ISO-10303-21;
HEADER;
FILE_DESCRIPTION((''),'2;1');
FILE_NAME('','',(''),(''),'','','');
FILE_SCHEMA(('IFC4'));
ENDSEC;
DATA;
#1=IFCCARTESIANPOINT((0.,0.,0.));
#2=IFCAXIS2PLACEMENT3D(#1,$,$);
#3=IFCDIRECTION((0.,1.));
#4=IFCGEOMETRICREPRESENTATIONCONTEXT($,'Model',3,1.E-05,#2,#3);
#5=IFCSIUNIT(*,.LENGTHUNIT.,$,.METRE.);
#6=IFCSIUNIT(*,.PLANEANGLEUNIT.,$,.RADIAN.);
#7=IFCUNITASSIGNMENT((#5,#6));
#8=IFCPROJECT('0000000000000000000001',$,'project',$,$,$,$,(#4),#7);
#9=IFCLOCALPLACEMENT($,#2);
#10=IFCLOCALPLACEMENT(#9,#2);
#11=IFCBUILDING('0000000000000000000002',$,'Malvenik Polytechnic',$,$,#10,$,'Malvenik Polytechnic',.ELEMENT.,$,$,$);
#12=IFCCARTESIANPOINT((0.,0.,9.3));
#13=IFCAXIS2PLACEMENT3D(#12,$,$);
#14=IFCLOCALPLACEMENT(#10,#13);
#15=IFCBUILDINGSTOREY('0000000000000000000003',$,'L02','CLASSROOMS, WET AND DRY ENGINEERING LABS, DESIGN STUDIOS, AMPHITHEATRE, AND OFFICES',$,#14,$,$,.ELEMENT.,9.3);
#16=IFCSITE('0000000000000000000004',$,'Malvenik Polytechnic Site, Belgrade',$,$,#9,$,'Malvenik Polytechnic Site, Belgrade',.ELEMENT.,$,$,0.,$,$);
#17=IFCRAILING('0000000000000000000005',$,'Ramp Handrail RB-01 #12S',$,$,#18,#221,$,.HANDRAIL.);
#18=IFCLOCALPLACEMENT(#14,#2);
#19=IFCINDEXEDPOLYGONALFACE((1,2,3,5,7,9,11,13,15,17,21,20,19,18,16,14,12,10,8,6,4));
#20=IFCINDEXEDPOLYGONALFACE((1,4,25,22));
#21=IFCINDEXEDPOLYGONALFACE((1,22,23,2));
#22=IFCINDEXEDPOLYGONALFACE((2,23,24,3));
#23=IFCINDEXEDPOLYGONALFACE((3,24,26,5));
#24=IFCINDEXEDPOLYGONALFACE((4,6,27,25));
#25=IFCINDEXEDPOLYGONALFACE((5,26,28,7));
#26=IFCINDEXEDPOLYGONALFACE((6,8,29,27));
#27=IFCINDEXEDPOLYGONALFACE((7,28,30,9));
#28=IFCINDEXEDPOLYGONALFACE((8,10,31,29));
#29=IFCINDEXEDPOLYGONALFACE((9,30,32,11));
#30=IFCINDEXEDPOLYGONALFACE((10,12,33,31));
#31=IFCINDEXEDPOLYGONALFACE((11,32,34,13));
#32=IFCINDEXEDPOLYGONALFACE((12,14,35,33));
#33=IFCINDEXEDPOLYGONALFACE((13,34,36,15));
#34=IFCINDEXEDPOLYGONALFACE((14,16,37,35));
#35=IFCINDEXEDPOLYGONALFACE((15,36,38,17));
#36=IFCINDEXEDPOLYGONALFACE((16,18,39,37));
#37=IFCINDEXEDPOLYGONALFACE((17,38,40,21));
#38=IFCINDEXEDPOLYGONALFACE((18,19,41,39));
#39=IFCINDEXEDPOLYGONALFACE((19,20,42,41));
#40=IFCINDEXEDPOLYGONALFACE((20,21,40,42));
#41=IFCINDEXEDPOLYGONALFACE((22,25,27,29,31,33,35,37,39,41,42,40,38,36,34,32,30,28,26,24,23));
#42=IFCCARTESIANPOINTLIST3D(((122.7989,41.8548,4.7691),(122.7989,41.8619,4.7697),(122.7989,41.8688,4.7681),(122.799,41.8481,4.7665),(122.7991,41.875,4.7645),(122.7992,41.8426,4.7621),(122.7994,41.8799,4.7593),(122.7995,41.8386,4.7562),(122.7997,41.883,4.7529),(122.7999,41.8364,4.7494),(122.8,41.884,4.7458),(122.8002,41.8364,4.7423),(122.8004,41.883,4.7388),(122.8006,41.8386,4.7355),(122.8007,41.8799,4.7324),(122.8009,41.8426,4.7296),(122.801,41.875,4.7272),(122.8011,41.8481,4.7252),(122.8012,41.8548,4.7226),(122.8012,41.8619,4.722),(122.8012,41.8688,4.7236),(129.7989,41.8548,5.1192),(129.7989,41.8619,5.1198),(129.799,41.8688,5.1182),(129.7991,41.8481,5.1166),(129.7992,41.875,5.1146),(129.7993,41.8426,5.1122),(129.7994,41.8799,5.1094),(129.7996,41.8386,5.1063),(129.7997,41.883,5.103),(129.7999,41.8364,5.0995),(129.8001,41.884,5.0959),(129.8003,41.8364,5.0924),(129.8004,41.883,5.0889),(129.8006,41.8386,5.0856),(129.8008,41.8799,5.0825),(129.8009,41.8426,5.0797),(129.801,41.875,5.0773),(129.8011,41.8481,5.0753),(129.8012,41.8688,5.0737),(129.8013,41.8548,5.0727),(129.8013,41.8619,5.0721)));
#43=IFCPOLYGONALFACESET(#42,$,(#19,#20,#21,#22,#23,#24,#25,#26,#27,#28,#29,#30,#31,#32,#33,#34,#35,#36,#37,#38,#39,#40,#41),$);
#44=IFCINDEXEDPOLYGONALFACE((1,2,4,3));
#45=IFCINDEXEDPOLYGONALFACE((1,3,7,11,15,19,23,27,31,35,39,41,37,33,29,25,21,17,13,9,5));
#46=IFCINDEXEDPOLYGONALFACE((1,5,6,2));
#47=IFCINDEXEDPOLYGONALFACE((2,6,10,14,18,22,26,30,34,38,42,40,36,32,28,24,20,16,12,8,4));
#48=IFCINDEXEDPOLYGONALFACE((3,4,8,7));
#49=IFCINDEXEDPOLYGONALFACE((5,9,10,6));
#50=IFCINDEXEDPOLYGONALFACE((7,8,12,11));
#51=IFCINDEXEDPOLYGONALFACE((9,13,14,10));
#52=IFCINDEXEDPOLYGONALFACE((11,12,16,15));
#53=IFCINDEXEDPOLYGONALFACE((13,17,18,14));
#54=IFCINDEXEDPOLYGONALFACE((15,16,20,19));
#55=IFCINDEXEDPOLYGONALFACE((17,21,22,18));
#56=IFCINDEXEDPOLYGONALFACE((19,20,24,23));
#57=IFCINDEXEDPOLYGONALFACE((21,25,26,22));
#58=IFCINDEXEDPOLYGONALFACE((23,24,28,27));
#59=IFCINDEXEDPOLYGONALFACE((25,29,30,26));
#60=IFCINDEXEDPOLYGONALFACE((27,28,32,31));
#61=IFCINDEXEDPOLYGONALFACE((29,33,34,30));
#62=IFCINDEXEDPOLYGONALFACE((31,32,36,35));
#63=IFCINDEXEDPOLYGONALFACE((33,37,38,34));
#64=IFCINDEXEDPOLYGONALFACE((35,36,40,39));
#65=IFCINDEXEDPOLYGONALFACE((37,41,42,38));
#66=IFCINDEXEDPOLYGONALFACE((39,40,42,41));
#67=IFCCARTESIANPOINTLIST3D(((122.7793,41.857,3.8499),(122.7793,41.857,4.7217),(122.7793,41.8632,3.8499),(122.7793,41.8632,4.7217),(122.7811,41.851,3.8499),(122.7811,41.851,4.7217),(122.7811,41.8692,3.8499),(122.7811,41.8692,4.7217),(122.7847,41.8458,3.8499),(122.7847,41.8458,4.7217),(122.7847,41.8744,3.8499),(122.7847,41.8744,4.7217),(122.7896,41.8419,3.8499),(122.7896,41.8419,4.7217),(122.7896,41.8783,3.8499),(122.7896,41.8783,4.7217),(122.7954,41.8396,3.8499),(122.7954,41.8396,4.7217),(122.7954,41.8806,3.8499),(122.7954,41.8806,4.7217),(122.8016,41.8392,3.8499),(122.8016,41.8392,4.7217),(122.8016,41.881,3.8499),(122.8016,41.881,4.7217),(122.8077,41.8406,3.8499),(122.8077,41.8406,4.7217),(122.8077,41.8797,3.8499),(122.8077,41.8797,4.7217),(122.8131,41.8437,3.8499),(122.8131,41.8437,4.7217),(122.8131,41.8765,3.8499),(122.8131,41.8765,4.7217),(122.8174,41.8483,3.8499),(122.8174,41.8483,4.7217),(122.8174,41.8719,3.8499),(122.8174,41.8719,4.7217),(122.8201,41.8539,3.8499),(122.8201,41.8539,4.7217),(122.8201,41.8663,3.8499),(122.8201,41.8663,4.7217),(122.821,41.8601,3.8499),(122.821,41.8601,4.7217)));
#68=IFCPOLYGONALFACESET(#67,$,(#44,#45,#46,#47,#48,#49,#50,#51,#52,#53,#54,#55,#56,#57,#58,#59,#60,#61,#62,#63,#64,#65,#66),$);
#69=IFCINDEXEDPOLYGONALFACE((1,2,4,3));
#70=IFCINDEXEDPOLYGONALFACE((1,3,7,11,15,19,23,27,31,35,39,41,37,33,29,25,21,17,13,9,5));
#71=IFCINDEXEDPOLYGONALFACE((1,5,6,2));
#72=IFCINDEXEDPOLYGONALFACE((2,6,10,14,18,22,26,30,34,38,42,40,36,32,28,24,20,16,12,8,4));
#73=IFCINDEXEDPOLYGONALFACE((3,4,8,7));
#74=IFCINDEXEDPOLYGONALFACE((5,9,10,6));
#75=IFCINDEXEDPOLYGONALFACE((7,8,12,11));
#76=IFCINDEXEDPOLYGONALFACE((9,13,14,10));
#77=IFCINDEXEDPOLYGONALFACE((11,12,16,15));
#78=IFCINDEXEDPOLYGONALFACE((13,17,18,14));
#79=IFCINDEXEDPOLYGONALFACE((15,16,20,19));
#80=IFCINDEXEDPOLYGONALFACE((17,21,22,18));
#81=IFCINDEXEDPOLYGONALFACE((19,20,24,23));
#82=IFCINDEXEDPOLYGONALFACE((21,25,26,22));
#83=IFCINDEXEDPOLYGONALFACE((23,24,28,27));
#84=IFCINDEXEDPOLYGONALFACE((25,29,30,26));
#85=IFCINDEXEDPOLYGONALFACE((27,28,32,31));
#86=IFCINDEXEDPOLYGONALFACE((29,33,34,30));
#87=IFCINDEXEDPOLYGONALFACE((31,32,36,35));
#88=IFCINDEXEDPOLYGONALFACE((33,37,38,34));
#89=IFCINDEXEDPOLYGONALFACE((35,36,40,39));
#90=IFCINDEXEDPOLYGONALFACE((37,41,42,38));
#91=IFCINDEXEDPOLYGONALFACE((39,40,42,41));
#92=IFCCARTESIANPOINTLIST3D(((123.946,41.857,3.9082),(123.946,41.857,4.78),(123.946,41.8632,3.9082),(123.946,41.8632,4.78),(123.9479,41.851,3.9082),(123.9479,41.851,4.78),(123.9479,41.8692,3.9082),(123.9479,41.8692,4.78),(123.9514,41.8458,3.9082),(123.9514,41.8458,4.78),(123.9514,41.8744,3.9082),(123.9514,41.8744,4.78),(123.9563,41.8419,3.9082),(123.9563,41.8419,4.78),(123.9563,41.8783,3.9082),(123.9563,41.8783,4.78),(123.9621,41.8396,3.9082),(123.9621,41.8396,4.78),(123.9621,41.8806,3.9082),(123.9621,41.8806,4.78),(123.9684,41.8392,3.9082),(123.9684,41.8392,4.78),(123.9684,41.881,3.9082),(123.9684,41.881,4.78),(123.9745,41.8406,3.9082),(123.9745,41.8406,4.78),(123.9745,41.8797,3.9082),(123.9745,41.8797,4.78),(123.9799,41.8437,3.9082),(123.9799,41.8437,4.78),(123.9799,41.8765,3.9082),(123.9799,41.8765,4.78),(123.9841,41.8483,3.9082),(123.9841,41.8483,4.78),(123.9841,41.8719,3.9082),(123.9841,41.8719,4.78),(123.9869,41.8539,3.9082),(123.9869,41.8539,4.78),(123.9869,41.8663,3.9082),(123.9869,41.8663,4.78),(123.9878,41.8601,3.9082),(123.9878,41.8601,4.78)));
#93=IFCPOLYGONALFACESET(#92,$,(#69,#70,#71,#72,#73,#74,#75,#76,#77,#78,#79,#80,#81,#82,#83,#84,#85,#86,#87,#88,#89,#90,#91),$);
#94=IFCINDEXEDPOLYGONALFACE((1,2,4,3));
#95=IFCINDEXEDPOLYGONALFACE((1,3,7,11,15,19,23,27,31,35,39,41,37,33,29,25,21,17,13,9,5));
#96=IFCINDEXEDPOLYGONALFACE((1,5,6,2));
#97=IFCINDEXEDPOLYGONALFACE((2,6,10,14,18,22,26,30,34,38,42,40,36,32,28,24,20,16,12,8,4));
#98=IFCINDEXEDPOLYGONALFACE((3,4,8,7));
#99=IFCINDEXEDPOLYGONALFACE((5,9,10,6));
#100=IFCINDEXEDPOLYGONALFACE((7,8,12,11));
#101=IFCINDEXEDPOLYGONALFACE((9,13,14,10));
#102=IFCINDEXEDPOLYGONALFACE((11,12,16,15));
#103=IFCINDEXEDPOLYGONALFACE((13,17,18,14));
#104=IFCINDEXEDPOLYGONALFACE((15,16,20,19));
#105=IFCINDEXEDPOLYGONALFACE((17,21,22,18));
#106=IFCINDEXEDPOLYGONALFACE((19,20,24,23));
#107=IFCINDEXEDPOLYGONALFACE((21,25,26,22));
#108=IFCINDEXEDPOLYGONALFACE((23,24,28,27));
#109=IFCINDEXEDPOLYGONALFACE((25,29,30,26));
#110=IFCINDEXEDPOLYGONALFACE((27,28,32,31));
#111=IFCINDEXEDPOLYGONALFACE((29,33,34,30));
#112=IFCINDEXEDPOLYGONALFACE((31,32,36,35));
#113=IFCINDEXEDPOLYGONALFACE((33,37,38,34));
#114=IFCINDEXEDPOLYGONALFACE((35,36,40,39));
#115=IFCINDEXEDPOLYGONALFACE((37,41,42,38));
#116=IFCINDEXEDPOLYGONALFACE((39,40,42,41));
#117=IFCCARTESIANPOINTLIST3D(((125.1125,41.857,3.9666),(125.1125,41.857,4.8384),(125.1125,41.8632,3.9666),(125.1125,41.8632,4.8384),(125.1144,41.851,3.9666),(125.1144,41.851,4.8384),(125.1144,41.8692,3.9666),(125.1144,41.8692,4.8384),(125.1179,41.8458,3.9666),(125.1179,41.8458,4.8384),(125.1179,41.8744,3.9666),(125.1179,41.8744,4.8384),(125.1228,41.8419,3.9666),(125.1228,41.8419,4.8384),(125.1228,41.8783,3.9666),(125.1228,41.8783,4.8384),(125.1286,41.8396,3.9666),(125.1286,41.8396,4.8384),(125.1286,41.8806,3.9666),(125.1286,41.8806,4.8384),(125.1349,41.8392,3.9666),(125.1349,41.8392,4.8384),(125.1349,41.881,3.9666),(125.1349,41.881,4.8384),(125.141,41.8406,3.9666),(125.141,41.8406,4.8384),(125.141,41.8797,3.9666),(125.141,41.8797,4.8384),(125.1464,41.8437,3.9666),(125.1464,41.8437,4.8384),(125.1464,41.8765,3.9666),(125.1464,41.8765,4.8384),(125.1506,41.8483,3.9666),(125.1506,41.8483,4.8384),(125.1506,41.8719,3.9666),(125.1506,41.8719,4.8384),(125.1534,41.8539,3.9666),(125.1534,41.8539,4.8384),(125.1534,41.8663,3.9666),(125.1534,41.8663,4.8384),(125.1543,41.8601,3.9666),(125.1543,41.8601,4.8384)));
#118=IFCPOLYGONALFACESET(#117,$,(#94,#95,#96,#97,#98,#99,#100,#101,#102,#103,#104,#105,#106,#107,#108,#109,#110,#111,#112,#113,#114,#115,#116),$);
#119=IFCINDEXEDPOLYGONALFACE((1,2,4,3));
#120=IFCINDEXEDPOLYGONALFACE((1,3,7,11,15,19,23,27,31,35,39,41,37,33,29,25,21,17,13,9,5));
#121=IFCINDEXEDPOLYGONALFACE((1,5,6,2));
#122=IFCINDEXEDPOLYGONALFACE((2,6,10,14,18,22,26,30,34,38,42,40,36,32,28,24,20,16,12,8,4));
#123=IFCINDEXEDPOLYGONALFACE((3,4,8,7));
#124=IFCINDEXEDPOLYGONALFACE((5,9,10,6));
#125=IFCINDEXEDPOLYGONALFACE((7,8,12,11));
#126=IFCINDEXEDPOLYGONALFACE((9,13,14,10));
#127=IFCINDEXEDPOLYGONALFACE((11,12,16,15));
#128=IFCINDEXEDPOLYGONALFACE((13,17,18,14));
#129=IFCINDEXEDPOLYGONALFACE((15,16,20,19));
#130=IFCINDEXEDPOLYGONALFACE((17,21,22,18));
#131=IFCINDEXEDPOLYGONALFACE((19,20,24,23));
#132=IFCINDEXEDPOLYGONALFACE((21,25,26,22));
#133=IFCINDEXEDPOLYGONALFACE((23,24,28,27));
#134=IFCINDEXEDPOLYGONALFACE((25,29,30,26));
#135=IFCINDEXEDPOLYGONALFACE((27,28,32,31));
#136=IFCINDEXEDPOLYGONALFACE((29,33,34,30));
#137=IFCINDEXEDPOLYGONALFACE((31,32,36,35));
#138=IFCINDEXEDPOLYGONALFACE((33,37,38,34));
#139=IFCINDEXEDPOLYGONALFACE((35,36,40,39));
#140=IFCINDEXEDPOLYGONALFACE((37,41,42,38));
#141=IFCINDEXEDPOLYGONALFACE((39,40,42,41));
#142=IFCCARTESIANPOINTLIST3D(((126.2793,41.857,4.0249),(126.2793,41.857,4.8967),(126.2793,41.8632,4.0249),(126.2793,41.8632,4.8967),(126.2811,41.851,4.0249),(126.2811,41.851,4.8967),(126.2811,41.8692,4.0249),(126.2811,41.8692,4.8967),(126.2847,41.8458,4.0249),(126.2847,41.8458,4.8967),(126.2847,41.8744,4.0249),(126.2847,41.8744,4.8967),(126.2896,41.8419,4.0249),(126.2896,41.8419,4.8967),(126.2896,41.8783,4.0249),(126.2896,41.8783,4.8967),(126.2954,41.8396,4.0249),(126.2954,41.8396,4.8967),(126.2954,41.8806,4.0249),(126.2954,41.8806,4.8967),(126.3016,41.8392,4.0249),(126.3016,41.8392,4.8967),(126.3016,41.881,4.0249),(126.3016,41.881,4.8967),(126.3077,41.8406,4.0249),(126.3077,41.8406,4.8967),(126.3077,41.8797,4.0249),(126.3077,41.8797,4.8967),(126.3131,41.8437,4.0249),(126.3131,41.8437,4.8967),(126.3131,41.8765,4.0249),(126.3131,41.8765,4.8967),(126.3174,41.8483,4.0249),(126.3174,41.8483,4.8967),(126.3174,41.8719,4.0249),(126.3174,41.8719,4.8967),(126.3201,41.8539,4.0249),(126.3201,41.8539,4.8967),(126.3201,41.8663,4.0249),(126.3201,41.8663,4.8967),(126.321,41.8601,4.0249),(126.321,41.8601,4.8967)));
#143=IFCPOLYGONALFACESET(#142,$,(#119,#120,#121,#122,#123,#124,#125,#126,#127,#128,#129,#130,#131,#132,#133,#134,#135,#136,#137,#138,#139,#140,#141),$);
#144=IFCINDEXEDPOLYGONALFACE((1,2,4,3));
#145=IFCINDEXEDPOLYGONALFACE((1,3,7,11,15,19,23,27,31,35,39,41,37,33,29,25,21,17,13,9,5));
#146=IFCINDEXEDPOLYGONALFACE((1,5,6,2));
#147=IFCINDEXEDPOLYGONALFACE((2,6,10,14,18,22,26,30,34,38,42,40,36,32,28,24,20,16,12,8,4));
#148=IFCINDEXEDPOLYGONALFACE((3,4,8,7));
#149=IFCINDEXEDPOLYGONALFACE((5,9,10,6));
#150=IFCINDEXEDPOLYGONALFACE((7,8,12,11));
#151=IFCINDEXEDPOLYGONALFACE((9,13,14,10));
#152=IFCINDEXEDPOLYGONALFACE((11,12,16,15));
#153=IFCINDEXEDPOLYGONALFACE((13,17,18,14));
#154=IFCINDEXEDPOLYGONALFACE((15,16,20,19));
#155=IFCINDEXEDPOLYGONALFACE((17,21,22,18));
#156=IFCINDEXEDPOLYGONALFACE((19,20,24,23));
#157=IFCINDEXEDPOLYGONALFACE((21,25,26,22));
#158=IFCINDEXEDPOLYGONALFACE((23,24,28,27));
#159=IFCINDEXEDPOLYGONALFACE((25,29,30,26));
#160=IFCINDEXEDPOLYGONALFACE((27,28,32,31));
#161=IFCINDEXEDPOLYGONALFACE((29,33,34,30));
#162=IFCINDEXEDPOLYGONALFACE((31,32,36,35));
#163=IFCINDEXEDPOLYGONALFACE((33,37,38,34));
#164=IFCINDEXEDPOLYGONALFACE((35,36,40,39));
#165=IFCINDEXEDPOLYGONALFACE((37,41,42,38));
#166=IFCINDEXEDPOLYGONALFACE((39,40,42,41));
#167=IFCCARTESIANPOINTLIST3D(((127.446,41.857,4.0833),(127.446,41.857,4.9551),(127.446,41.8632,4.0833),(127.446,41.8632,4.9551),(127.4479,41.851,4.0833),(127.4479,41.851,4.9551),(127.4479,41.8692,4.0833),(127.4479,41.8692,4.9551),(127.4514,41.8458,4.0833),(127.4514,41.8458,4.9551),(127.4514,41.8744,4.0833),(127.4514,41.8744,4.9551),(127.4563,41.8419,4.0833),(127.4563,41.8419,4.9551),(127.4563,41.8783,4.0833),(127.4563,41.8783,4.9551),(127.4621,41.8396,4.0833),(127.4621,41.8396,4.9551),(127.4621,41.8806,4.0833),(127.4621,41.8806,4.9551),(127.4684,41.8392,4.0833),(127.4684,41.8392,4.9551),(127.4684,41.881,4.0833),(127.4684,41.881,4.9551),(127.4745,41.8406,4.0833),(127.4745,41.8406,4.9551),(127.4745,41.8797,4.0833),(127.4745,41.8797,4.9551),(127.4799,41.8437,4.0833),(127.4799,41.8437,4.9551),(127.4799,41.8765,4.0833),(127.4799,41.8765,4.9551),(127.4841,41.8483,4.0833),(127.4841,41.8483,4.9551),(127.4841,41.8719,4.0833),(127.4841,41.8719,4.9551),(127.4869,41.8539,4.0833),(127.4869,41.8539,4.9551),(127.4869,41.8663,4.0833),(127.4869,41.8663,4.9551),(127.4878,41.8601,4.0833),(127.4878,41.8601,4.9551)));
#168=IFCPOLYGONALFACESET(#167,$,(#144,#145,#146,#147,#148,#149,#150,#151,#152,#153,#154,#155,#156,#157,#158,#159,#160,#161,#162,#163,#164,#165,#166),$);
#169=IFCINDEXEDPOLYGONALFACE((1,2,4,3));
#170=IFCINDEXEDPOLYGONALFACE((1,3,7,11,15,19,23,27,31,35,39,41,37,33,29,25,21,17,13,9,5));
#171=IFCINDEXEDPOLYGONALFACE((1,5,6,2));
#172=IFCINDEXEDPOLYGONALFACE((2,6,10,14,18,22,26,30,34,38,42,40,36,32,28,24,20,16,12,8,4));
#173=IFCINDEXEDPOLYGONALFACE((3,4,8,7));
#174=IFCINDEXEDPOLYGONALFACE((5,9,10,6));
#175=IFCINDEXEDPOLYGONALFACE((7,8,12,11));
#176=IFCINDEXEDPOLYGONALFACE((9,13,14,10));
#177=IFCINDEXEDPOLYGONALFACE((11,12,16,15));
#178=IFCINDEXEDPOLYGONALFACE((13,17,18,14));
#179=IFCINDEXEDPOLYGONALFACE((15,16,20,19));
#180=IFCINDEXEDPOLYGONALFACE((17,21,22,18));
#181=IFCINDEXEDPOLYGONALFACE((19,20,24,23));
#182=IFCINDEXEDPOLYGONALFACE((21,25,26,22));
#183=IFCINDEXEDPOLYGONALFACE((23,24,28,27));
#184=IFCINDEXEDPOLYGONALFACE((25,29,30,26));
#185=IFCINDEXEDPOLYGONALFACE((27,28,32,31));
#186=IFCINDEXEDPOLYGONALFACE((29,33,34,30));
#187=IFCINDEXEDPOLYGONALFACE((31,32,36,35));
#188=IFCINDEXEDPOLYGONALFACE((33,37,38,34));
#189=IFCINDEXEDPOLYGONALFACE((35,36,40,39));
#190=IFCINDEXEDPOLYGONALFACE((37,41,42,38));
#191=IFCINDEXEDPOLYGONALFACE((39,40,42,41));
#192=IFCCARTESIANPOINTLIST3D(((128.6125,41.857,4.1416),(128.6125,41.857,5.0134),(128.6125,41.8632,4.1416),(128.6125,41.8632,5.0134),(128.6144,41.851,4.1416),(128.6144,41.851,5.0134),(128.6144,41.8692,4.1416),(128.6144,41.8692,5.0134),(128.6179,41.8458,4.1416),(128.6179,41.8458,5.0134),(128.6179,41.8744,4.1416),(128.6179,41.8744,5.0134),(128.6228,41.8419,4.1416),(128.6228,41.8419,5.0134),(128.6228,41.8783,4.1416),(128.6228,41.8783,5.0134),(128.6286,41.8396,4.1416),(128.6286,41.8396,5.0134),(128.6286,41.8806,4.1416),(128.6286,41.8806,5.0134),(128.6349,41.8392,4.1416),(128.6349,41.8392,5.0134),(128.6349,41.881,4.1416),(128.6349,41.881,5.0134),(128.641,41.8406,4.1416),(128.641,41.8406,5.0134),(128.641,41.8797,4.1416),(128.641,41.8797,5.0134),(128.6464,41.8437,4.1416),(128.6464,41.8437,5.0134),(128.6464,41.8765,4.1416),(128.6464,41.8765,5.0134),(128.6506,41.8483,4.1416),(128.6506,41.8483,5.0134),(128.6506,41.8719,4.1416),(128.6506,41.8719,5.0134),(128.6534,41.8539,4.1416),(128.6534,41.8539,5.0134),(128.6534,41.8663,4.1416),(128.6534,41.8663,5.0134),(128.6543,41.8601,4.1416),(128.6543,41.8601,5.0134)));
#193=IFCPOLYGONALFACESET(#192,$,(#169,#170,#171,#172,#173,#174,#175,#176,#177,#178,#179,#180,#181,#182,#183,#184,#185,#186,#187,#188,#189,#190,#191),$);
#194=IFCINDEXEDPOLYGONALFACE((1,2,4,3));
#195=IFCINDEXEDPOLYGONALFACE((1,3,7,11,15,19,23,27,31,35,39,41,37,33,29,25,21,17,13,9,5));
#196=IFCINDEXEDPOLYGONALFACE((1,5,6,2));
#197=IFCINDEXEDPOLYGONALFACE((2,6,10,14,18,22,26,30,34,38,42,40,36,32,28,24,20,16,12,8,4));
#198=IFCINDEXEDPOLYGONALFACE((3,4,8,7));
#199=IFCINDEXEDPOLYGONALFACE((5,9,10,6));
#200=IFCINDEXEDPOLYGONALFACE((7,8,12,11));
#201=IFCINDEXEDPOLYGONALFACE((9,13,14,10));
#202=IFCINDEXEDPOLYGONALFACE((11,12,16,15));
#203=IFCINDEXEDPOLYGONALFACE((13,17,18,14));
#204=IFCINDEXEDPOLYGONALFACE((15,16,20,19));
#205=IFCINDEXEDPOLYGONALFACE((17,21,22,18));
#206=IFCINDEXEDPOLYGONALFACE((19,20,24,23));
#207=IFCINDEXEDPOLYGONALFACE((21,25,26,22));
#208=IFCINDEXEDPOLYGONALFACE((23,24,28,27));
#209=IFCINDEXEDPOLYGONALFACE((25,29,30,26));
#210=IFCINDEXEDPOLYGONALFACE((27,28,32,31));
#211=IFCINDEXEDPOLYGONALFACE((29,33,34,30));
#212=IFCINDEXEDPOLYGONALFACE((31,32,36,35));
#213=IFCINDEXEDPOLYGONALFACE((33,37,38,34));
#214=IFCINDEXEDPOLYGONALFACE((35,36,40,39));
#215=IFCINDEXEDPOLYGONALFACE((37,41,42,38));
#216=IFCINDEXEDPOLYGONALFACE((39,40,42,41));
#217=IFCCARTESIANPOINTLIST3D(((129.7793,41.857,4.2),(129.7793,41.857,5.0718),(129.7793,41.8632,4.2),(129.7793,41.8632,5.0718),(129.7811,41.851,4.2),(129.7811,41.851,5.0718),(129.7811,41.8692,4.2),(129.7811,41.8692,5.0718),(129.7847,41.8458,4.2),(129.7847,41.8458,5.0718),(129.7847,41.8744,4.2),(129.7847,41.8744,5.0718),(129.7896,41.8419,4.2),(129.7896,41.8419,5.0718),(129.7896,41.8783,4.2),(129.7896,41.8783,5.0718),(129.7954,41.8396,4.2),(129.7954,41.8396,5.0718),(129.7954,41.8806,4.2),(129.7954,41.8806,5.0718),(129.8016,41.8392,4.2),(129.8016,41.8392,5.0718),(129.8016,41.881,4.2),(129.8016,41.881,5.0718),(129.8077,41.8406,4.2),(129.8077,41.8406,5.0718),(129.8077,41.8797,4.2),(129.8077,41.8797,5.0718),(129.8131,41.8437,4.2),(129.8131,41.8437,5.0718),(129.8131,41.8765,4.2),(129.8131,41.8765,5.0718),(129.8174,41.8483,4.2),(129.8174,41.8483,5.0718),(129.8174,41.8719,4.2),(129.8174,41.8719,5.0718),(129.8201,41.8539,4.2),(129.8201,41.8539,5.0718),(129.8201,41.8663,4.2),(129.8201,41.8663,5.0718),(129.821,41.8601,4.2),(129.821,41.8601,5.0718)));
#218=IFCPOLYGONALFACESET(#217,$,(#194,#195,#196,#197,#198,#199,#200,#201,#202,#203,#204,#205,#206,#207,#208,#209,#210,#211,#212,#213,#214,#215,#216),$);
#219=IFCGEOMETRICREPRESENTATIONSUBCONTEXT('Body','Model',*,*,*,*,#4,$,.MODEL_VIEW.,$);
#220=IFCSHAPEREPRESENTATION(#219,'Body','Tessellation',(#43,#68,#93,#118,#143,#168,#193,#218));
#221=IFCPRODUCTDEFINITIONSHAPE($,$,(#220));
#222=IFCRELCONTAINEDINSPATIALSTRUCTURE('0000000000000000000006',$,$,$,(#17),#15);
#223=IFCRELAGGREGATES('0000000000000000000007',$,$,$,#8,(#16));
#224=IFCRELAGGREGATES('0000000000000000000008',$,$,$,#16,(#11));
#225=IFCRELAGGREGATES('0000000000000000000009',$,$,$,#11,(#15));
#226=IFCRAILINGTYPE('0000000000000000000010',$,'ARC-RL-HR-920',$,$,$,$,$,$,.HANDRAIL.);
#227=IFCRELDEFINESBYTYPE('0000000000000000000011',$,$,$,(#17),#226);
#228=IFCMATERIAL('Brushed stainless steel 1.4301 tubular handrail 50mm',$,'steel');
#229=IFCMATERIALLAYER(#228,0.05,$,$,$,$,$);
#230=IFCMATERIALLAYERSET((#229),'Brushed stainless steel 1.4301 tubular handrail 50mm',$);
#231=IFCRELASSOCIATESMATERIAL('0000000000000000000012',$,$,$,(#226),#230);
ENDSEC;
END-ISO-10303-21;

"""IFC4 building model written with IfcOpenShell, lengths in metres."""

from ifc_helpers import new_model, si_unit, direction, frame, origin, origin_2d, place, context, subcontext, project, spatial, circle, extrude, material, layer, layer_set, type_object, element, save


model = new_model("IFC4")

# Units and contexts
model_context = context("Model", 3, precision=1e-05, world=origin(), true_north=direction((0.0, 1.0)))
body_context = subcontext(model_context, "Body", "Model", "MODEL_VIEW")
ifc_project = project(units=[si_unit("LENGTHUNIT", "METRE"), si_unit("PLANEANGLEUNIT", "RADIAN")], contexts=[model_context])

# Site, building, storey
site_placement = place(None, origin())
site = spatial("IfcSite", under=ifc_project, at=site_placement, Name="Malvenik Polytechnic Site, Belgrade", LongName="Malvenik Polytechnic Site, Belgrade", CompositionType="ELEMENT", RefElevation=0.0)
building_placement = place(site_placement, origin())
building = spatial("IfcBuilding", under=site, at=building_placement, Name="Malvenik Polytechnic", LongName="Malvenik Polytechnic", CompositionType="ELEMENT")
storey_placement = place(building_placement, frame((0.0, 0.0, 9.3)))
storey = spatial("IfcBuildingStorey", under=building, at=storey_placement, Name="L02", Description="CLASSROOMS, WET AND DRY ENGINEERING LABS, DESIGN STUDIOS, AMPHITHEATRE, AND OFFICES", CompositionType="ELEMENT", Elevation=9.3)

# Railing
ifc_material_1 = material(Name="Brushed stainless steel 1.4301 tubular handrail 50mm", Category="steel")
ifc_layer_1 = layer(ifc_material_1, 0.05)
ifc_layer_set_1 = layer_set([ifc_layer_1], Name="Brushed stainless steel 1.4301 tubular handrail 50mm")
railing_type_1 = type_object("IfcRailingType", Name="ARC-RL-HR-920", PredefinedType="HANDRAIL", material=ifc_layer_set_1)
railing_1_placement = place(storey_placement, frame((122.8, 41.8601, 3.8499)))
element("IfcRailing", 1, at=railing_1_placement, inside=storey, type_object=railing_type_1, Name="Ramp Handrail RB-01 #12S", PredefinedType="HANDRAIL", context=body_context, shape_type="SweptSolid", body=[
    extrude(circle(Radius=0.0239, at=origin_2d()), frame((0.0, 0.0, 0.896), z_axis=(0.998752, 0.0, 0.049952), x_axis=(0.0, 1.0, 0.0)), (0.0, 0.0, 1.0), 7.0088),
    extrude(circle(Radius=0.021, at=origin_2d()), origin(), (0.0, 0.0, 1.0), 0.8718),
    extrude(circle(Radius=0.021, at=origin_2d()), frame((1.1667, 0.0, 0.0583)), (0.0, 0.0, 1.0), 0.8718),
    extrude(circle(Radius=0.021, at=origin_2d()), frame((2.3333, 0.0, 0.1167)), (0.0, 0.0, 1.0), 0.8718),
    extrude(circle(Radius=0.021, at=origin_2d()), frame((3.5, 0.0, 0.175)), (0.0, 0.0, 1.0), 0.8718),
    extrude(circle(Radius=0.021, at=origin_2d()), frame((4.6667, 0.0, 0.2334)), (0.0, 0.0, 1.0), 0.8718),
    extrude(circle(Radius=0.021, at=origin_2d()), frame((5.8333, 0.0, 0.2917)), (0.0, 0.0, 1.0), 0.8718),
    extrude(circle(Radius=0.021, at=origin_2d()), frame((7.0, 0.0, 0.3501)), (0.0, 0.0, 1.0), 0.8718),
])

save(model, "model.ifc")
